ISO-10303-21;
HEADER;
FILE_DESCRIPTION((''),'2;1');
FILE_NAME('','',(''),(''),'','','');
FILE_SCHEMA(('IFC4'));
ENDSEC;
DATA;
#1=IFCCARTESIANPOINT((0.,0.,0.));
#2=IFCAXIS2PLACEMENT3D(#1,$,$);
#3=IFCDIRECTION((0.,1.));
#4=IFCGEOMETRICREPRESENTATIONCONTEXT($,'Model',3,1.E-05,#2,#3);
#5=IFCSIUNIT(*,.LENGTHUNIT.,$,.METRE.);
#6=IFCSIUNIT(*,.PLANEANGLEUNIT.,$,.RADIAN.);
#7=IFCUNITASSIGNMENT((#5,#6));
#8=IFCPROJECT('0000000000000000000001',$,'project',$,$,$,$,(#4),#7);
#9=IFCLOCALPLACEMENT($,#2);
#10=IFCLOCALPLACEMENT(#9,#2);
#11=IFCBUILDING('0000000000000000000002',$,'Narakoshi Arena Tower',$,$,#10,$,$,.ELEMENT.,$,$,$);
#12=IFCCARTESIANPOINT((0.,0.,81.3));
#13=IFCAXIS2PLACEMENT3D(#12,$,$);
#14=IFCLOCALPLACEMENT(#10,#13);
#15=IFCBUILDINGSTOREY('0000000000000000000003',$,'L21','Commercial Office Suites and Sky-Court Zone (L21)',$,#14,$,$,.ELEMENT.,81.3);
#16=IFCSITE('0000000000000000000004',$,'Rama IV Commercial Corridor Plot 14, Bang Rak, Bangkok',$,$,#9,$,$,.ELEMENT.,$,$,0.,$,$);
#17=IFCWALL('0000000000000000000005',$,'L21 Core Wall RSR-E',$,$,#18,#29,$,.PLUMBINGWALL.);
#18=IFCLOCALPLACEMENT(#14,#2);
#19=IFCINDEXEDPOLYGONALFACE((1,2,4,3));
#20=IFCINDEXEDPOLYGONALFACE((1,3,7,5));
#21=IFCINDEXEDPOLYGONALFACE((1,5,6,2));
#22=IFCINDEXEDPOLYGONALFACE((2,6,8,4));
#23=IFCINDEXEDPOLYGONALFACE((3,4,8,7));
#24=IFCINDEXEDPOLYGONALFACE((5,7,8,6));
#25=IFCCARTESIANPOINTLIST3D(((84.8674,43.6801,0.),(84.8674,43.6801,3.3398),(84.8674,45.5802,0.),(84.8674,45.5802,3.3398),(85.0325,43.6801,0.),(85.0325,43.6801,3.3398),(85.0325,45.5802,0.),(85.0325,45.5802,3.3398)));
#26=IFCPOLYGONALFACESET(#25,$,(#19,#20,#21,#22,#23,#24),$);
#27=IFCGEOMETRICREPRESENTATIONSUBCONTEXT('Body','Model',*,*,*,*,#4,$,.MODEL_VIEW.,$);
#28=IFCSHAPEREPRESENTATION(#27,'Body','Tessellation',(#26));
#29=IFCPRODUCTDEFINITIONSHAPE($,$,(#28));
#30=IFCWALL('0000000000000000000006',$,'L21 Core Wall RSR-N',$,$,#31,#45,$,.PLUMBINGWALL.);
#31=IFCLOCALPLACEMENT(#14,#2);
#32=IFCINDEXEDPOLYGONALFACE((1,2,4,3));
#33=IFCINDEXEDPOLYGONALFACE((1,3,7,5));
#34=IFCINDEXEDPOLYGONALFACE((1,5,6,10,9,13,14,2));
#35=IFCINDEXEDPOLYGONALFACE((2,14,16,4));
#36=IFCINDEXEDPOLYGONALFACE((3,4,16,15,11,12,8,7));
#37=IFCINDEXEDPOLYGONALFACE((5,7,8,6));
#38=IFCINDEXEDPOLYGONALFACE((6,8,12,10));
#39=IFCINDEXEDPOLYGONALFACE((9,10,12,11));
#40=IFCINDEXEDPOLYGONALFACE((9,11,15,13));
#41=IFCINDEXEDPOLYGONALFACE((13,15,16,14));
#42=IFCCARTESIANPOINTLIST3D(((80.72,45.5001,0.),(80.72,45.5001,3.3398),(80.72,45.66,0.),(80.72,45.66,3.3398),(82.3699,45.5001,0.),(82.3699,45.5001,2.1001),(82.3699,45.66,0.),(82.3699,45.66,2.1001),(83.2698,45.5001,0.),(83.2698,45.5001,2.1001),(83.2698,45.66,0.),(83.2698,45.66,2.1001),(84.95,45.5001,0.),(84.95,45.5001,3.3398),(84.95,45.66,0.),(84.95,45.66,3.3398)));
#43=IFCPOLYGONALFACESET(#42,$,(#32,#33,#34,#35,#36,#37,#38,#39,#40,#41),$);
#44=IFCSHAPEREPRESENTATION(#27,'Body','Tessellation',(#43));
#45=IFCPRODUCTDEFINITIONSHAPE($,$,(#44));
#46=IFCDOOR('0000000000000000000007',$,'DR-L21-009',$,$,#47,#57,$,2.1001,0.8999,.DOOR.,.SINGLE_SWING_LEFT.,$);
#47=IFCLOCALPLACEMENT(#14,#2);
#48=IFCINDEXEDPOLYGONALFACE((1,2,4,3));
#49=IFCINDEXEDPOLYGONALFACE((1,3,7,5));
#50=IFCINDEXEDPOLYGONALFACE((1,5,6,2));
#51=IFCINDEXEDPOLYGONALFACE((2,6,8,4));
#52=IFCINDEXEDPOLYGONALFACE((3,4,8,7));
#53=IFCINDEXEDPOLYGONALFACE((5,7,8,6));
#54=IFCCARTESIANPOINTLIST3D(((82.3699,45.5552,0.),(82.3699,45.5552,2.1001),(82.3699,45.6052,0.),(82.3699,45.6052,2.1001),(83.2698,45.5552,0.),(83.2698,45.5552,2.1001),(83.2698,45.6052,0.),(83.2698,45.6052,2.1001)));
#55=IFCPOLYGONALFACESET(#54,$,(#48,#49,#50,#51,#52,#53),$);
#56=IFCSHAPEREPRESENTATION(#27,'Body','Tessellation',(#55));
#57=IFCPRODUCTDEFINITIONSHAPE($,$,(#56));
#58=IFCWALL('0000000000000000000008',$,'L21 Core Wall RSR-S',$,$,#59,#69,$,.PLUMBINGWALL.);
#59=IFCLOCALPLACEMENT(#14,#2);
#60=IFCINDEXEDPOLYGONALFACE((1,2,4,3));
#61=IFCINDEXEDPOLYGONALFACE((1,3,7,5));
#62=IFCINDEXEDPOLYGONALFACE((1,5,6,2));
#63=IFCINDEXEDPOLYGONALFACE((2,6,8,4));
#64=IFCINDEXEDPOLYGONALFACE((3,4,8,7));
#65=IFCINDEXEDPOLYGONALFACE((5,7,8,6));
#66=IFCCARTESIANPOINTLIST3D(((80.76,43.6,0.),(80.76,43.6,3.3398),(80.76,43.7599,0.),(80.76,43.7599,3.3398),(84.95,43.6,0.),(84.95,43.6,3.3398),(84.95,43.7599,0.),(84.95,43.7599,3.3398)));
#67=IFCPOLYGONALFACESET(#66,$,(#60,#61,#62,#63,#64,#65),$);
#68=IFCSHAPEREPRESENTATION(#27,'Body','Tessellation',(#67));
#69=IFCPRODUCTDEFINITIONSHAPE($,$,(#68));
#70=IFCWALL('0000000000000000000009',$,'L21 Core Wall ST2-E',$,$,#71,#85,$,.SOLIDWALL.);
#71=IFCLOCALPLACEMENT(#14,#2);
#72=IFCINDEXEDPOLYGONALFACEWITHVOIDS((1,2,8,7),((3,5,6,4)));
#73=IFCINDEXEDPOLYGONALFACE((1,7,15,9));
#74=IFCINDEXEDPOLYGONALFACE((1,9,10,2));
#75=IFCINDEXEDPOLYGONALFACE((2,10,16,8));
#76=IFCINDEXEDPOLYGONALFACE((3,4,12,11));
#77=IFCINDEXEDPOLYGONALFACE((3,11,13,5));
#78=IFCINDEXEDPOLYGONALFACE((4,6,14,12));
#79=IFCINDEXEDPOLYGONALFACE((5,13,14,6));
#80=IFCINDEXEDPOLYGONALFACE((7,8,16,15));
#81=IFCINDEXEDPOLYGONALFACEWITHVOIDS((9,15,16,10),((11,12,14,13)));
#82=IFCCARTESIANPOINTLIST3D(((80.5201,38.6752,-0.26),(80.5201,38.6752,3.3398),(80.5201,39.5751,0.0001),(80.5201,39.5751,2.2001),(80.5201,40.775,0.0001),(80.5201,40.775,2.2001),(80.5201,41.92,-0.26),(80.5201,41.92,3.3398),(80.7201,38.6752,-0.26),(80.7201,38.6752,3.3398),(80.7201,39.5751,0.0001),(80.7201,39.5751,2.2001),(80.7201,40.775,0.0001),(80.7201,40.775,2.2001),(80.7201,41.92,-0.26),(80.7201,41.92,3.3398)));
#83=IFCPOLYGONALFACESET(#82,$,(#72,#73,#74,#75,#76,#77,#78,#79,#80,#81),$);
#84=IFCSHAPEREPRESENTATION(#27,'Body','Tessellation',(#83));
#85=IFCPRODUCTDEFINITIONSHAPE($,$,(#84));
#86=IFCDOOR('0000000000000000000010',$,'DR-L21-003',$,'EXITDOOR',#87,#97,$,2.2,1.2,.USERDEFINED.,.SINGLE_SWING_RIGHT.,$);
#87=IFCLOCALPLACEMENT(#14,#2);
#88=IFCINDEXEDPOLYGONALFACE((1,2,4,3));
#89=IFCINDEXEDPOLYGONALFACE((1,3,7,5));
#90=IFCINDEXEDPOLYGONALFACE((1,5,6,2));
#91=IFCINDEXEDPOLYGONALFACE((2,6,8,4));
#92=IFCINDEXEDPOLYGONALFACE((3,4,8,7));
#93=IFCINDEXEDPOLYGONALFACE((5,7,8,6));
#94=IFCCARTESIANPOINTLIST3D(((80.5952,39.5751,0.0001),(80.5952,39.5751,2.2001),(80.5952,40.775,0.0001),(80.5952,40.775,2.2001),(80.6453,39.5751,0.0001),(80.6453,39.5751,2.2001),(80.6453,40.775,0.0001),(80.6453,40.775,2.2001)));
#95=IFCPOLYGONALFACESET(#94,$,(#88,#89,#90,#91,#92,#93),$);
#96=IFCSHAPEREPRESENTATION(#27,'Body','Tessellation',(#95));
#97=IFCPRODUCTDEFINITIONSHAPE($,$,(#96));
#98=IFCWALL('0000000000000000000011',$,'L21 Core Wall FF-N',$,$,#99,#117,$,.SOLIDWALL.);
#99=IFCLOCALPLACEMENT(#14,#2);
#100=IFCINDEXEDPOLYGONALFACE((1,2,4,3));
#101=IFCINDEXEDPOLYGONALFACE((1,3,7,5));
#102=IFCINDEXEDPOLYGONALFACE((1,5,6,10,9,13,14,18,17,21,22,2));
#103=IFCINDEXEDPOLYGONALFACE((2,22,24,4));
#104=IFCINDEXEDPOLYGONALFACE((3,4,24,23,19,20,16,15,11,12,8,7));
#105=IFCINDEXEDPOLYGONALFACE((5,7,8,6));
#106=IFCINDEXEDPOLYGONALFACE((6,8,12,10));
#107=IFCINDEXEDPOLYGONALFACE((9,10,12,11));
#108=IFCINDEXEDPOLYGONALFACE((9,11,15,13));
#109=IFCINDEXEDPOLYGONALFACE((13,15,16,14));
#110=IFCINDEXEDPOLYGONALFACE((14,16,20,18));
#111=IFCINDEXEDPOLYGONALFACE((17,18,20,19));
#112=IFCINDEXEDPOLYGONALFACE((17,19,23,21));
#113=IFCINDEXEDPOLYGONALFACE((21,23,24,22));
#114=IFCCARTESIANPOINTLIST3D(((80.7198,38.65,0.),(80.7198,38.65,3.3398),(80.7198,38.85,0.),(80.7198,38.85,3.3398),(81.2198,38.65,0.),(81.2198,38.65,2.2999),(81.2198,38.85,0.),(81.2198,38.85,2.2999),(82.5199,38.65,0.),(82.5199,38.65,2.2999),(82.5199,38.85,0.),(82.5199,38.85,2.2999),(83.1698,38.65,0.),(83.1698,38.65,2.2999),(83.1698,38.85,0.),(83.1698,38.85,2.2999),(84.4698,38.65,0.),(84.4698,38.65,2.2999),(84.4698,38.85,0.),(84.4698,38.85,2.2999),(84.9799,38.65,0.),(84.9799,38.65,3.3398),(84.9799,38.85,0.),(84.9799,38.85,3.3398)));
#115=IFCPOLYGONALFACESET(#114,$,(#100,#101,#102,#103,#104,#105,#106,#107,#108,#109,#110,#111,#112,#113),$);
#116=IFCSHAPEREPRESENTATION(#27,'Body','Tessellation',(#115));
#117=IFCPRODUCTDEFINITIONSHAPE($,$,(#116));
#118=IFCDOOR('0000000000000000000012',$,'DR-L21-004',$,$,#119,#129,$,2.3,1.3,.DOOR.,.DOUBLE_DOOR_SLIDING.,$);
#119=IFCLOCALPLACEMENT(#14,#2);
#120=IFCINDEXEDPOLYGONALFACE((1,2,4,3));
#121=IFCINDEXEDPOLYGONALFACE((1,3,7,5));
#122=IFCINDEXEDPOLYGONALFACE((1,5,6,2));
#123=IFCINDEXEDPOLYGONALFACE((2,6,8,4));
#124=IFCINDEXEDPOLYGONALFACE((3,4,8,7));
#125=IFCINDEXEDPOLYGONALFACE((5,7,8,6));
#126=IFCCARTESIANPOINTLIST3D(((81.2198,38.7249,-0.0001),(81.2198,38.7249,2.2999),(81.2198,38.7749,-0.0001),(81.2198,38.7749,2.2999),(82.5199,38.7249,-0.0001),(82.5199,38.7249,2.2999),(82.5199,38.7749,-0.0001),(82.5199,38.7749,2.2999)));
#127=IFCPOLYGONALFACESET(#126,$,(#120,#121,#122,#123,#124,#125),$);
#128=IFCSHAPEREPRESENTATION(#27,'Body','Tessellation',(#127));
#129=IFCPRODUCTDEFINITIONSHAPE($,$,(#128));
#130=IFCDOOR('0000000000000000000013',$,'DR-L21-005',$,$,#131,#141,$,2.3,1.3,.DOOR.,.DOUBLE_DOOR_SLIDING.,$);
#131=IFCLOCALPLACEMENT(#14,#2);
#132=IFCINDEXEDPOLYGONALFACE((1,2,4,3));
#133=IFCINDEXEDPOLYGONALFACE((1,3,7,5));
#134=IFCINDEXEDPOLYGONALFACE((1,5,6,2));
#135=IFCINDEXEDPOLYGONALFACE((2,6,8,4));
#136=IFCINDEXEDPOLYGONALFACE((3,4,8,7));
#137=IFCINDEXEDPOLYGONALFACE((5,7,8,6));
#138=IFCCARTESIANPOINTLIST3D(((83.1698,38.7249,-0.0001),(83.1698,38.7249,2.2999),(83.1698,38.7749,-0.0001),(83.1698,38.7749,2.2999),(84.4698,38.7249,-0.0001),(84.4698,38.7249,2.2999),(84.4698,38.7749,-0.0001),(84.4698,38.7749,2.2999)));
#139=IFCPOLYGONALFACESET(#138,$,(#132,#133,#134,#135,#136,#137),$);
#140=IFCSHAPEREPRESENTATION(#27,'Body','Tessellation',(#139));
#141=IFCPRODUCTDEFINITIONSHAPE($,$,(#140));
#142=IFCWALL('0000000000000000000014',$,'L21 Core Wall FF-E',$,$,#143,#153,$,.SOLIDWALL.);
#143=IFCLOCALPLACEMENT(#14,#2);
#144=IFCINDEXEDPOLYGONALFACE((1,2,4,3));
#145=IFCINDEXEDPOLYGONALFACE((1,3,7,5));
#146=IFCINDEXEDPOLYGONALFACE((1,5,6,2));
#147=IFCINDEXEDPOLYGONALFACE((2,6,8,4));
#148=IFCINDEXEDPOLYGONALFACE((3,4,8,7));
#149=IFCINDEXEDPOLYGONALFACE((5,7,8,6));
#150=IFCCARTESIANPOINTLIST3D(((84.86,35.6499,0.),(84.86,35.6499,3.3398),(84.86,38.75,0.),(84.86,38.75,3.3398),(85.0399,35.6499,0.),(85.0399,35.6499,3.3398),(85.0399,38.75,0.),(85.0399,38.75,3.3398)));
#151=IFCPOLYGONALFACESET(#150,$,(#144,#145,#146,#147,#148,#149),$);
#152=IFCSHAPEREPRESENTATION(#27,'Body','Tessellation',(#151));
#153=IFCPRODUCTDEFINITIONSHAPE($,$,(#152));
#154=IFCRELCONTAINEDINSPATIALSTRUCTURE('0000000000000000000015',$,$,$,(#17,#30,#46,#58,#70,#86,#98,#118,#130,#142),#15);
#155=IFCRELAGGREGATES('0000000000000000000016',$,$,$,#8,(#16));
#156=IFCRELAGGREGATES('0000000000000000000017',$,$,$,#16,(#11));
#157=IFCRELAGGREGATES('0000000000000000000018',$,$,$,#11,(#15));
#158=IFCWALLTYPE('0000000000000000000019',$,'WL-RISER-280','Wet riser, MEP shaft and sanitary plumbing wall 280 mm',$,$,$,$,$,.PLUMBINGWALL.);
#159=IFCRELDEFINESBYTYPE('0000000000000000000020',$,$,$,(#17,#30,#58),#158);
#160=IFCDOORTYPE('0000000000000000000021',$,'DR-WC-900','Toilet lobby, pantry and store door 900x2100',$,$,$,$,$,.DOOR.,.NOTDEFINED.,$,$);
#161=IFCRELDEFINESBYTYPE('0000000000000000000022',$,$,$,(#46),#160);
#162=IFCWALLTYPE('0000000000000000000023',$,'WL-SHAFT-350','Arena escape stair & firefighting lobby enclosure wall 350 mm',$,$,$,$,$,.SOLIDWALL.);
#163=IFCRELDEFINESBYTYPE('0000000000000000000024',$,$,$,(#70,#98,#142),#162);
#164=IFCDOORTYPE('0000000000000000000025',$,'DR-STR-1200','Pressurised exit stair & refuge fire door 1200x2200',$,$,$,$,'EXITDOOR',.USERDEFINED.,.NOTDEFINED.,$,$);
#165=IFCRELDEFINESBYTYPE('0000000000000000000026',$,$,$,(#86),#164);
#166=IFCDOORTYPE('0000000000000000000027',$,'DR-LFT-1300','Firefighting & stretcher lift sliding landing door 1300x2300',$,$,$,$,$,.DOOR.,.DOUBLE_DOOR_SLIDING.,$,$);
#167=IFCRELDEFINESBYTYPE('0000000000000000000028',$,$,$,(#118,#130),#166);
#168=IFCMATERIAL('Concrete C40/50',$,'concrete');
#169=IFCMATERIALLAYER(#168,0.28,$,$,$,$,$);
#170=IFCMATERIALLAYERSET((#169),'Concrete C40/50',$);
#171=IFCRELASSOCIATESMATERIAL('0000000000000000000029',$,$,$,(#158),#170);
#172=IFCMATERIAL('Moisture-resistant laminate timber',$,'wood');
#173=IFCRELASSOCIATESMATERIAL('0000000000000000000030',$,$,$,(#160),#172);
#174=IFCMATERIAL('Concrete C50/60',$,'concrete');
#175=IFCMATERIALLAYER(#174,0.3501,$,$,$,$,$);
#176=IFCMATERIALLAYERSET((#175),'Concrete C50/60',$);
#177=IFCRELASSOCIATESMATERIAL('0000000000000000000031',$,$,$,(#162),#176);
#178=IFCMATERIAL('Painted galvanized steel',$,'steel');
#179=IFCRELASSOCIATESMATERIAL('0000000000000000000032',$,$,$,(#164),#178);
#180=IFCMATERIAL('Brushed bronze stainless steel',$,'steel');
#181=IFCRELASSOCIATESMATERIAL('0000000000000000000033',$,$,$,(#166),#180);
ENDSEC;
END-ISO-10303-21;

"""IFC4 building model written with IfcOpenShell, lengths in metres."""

from ifc_helpers import new_model, si_unit, direction, frame, frame_2d, origin, place, context, subcontext, project, spatial, rectangle, extrude, material, layer, layer_set, type_object, element, fill, save


model = new_model("IFC4")

# Units and contexts
model_context = context("Model", 3, precision=1e-05, world=origin(), true_north=direction((0.0, 1.0)))
body_context = subcontext(model_context, "Body", "Model", "MODEL_VIEW")
ifc_project = project(units=[si_unit("LENGTHUNIT", "METRE"), si_unit("PLANEANGLEUNIT", "RADIAN")], contexts=[model_context])

# Site, building, storey
site_placement = place(None, origin())
site = spatial("IfcSite", under=ifc_project, at=site_placement, Name="Rama IV Commercial Corridor Plot 14, Bang Rak, Bangkok", CompositionType="ELEMENT", RefElevation=0.0)
building_placement = place(site_placement, origin())
building = spatial("IfcBuilding", under=site, at=building_placement, Name="Narakoshi Arena Tower", CompositionType="ELEMENT")
storey_placement = place(building_placement, frame((0.0, 0.0, 81.3)))
storey = spatial("IfcBuildingStorey", under=building, at=storey_placement, Name="L21", Description="Commercial Office Suites and Sky-Court Zone (L21)", CompositionType="ELEMENT", Elevation=81.3)

# Wall
ifc_material_1 = material(Name="Concrete C40/50", Category="concrete")
ifc_layer_1 = layer(ifc_material_1, 0.28)
ifc_layer_set_1 = layer_set([ifc_layer_1], Name="Concrete C40/50")
wall_type_1 = type_object("IfcWallType", Name="WL-RISER-280", Description="Wet riser, MEP shaft and sanitary plumbing wall 280 mm", PredefinedType="PLUMBINGWALL", material=ifc_layer_set_1)
wall_1_placement = place(storey_placement, frame((84.95, 43.6799, 0.0), z_axis=(0.0, 0.0, 1.0), x_axis=(0.0, 1.0, 0.0)))
element("IfcWall", 1, at=wall_1_placement, inside=storey, type_object=wall_type_1, Name="L21 Core Wall RSR-E", PredefinedType="PLUMBINGWALL", context=body_context, shape_type="SweptSolid", body=[
    extrude(rectangle(XDim=1.9001, YDim=0.165, at=frame_2d((0.9502, 0.0))), origin(), (0.0, 0.0, 1.0), 3.3398),
])

# Wall, opening, door
wall_2_placement = place(storey_placement, frame((80.72, 45.5801, 0.0), z_axis=(0.0, 0.0, 1.0), x_axis=(1.0, 0.0, 0.0)))
wall_2 = element("IfcWall", 2, at=wall_2_placement, inside=storey, type_object=wall_type_1, Name="L21 Core Wall RSR-N", PredefinedType="PLUMBINGWALL", context=body_context, shape_type="SweptSolid", body=[
    extrude(rectangle(XDim=4.23, YDim=0.1599, at=frame_2d((2.115, 0.0))), origin(), (0.0, 0.0, 1.0), 3.3398),
])
opening_1_placement = place(wall_2_placement, frame((1.6499, 0.0, 0.0)))
opening_1 = element("IfcOpeningElement", 3, at=opening_1_placement, cuts=wall_2, PredefinedType="OPENING", context=body_context, shape_type="SweptSolid", body=[
    extrude(rectangle(XDim=0.8999, YDim=2.1001, at=frame_2d((0.45, 1.05))), frame((0.0, 0.0898, 0.0), z_axis=(0.0, -1.0, 0.0), x_axis=(1.0, 0.0, 0.0)), (0.0, 0.0, 1.0), 0.1799),
])
ifc_material_2 = material(Name="Moisture-resistant laminate timber", Category="wood")
door_type_1 = type_object("IfcDoorType", Name="DR-WC-900", Description="Toilet lobby, pantry and store door 900x2100", OperationType="NOTDEFINED", PredefinedType="DOOR", material=ifc_material_2)
door_1_placement = place(opening_1_placement, frame((0.8999, 0.0, 0.0), z_axis=(0.0, 0.0, 1.0), x_axis=(-1.0, 0.0, 0.0)))
door_1 = element("IfcDoor", 4, at=door_1_placement, inside=storey, type_object=door_type_1, Name="DR-L21-009", OperationType="SINGLE_SWING_LEFT", OverallHeight=2.1001, OverallWidth=0.8999, PredefinedType="DOOR", context=body_context, shape_type="SweptSolid", body=[
    extrude(rectangle(XDim=0.8999, YDim=2.1001, at=frame_2d((0.45, 1.05))), frame((0.0, 0.0249, 0.0), z_axis=(0.0, -1.0, 0.0), x_axis=(1.0, 0.0, 0.0)), (0.0, 0.0, 1.0), 0.05),
])
fill(opening_1, door_1)

# Wall
wall_3_placement = place(storey_placement, frame((80.76, 43.6799, 0.0), z_axis=(0.0, 0.0, 1.0), x_axis=(1.0, 0.0, 0.0)))
element("IfcWall", 5, at=wall_3_placement, inside=storey, type_object=wall_type_1, Name="L21 Core Wall RSR-S", PredefinedType="PLUMBINGWALL", context=body_context, shape_type="SweptSolid", body=[
    extrude(rectangle(XDim=4.1899, YDim=0.1599, at=frame_2d((2.095, 0.0))), origin(), (0.0, 0.0, 1.0), 3.3398),
])

# Wall, opening, door
ifc_material_3 = material(Name="Concrete C50/60", Category="concrete")
ifc_layer_2 = layer(ifc_material_3, 0.3501)
ifc_layer_set_2 = layer_set([ifc_layer_2], Name="Concrete C50/60")
wall_type_2 = type_object("IfcWallType", Name="WL-SHAFT-350", Description="Arena escape stair & firefighting lobby enclosure wall 350 mm", PredefinedType="SOLIDWALL", material=ifc_layer_set_2)
wall_4_placement = place(storey_placement, frame((80.6201, 38.675, -0.26), z_axis=(0.0, 0.0, 1.0), x_axis=(0.0, 1.0, 0.0)))
wall_4 = element("IfcWall", 6, at=wall_4_placement, inside=storey, type_object=wall_type_2, Name="L21 Core Wall ST2-E", PredefinedType="SOLIDWALL", context=body_context, shape_type="SweptSolid", body=[
    extrude(rectangle(XDim=3.2449, YDim=0.2, at=frame_2d((1.6226, 0.0))), origin(), (0.0, 0.0, 1.0), 3.5999),
])
opening_2_placement = place(wall_4_placement, frame((0.8999, 0.0, 0.26)))
opening_2 = element("IfcOpeningElement", 7, at=opening_2_placement, cuts=wall_4, PredefinedType="OPENING", context=body_context, shape_type="SweptSolid", body=[
    extrude(rectangle(XDim=1.2, YDim=2.2, at=frame_2d((0.6001, 1.1001))), frame((0.0, 0.1099, 0.0), z_axis=(0.0, -1.0, 0.0), x_axis=(1.0, 0.0, 0.0)), (0.0, 0.0, 1.0), 0.22),
])
ifc_material_4 = material(Name="Painted galvanized steel", Category="steel")
door_type_2 = type_object("IfcDoorType", Name="DR-STR-1200", Description="Pressurised exit stair & refuge fire door 1200x2200", ElementType="EXITDOOR", OperationType="NOTDEFINED", PredefinedType="USERDEFINED", material=ifc_material_4)
door_2_placement = place(opening_2_placement, origin())
door_2 = element("IfcDoor", 8, at=door_2_placement, inside=storey, type_object=door_type_2, Name="DR-L21-003", ObjectType="EXITDOOR", OperationType="SINGLE_SWING_RIGHT", OverallHeight=2.2, OverallWidth=1.2, PredefinedType="USERDEFINED", context=body_context, shape_type="SweptSolid", body=[
    extrude(rectangle(XDim=1.2, YDim=2.2, at=frame_2d((0.6001, 1.1001))), frame((0.0, 0.0249, 0.0), z_axis=(0.0, -1.0, 0.0), x_axis=(1.0, 0.0, 0.0)), (0.0, 0.0, 1.0), 0.05),
])
fill(opening_2, door_2)

# Wall, openings, doors
wall_5_placement = place(storey_placement, frame((80.72, 38.75, 0.0), z_axis=(0.0, 0.0, 1.0), x_axis=(1.0, 0.0, 0.0)))
wall_5 = element("IfcWall", 9, at=wall_5_placement, inside=storey, type_object=wall_type_2, Name="L21 Core Wall FF-N", PredefinedType="SOLIDWALL", context=body_context, shape_type="SweptSolid", body=[
    extrude(rectangle(XDim=4.26, YDim=0.2, at=frame_2d((2.1299, 0.0))), origin(), (0.0, 0.0, 1.0), 3.3398),
])
opening_3_placement = place(wall_5_placement, frame((0.5, 0.0, 0.0)))
opening_3 = element("IfcOpeningElement", 10, at=opening_3_placement, cuts=wall_5, PredefinedType="OPENING", context=body_context, shape_type="SweptSolid", body=[
    extrude(rectangle(XDim=1.3, YDim=2.3, at=frame_2d((0.6499, 1.1499))), frame((0.0, 0.1099, 0.0), z_axis=(0.0, -1.0, 0.0), x_axis=(1.0, 0.0, 0.0)), (0.0, 0.0, 1.0), 0.22),
])
opening_4_placement = place(wall_5_placement, frame((2.45, 0.0, 0.0)))
opening_4 = element("IfcOpeningElement", 11, at=opening_4_placement, cuts=wall_5, PredefinedType="OPENING", context=body_context, shape_type="SweptSolid", body=[
    extrude(rectangle(XDim=1.3, YDim=2.3, at=frame_2d((0.6499, 1.1499))), frame((0.0, 0.1099, 0.0), z_axis=(0.0, -1.0, 0.0), x_axis=(1.0, 0.0, 0.0)), (0.0, 0.0, 1.0), 0.22),
])
ifc_material_5 = material(Name="Brushed bronze stainless steel", Category="steel")
door_type_3 = type_object("IfcDoorType", Name="DR-LFT-1300", Description="Firefighting & stretcher lift sliding landing door 1300x2300", OperationType="DOUBLE_DOOR_SLIDING", PredefinedType="DOOR", material=ifc_material_5)
door_3_placement = place(opening_3_placement, origin())
door_3 = element("IfcDoor", 12, at=door_3_placement, inside=storey, type_object=door_type_3, Name="DR-L21-004", OperationType="DOUBLE_DOOR_SLIDING", OverallHeight=2.3, OverallWidth=1.3, PredefinedType="DOOR", context=body_context, shape_type="SweptSolid", body=[
    extrude(rectangle(XDim=1.3, YDim=2.3, at=frame_2d((0.6499, 1.1499))), frame((0.0, 0.0249, 0.0), z_axis=(0.0, -1.0, 0.0), x_axis=(1.0, 0.0, 0.0)), (0.0, 0.0, 1.0), 0.05),
])
fill(opening_3, door_3)
door_4_placement = place(opening_4_placement, origin())
door_4 = element("IfcDoor", 13, at=door_4_placement, inside=storey, type_object=door_type_3, Name="DR-L21-005", OperationType="DOUBLE_DOOR_SLIDING", OverallHeight=2.3, OverallWidth=1.3, PredefinedType="DOOR", context=body_context, shape_type="SweptSolid", body=[
    extrude(rectangle(XDim=1.3, YDim=2.3, at=frame_2d((0.6499, 1.1499))), frame((0.0, 0.0249, 0.0), z_axis=(0.0, -1.0, 0.0), x_axis=(1.0, 0.0, 0.0)), (0.0, 0.0, 1.0), 0.05),
])
fill(opening_4, door_4)

# Wall
wall_6_placement = place(storey_placement, frame((84.95, 35.6499, 0.0), z_axis=(0.0, 0.0, 1.0), x_axis=(0.0, 1.0, 0.0)))
element("IfcWall", 14, at=wall_6_placement, inside=storey, type_object=wall_type_2, Name="L21 Core Wall FF-E", PredefinedType="SOLIDWALL", context=body_context, shape_type="SweptSolid", body=[
    extrude(rectangle(XDim=3.1001, YDim=0.1799, at=frame_2d((1.55, 0.0))), origin(), (0.0, 0.0, 1.0), 3.3398),
])

save(model, "model.ifc")
